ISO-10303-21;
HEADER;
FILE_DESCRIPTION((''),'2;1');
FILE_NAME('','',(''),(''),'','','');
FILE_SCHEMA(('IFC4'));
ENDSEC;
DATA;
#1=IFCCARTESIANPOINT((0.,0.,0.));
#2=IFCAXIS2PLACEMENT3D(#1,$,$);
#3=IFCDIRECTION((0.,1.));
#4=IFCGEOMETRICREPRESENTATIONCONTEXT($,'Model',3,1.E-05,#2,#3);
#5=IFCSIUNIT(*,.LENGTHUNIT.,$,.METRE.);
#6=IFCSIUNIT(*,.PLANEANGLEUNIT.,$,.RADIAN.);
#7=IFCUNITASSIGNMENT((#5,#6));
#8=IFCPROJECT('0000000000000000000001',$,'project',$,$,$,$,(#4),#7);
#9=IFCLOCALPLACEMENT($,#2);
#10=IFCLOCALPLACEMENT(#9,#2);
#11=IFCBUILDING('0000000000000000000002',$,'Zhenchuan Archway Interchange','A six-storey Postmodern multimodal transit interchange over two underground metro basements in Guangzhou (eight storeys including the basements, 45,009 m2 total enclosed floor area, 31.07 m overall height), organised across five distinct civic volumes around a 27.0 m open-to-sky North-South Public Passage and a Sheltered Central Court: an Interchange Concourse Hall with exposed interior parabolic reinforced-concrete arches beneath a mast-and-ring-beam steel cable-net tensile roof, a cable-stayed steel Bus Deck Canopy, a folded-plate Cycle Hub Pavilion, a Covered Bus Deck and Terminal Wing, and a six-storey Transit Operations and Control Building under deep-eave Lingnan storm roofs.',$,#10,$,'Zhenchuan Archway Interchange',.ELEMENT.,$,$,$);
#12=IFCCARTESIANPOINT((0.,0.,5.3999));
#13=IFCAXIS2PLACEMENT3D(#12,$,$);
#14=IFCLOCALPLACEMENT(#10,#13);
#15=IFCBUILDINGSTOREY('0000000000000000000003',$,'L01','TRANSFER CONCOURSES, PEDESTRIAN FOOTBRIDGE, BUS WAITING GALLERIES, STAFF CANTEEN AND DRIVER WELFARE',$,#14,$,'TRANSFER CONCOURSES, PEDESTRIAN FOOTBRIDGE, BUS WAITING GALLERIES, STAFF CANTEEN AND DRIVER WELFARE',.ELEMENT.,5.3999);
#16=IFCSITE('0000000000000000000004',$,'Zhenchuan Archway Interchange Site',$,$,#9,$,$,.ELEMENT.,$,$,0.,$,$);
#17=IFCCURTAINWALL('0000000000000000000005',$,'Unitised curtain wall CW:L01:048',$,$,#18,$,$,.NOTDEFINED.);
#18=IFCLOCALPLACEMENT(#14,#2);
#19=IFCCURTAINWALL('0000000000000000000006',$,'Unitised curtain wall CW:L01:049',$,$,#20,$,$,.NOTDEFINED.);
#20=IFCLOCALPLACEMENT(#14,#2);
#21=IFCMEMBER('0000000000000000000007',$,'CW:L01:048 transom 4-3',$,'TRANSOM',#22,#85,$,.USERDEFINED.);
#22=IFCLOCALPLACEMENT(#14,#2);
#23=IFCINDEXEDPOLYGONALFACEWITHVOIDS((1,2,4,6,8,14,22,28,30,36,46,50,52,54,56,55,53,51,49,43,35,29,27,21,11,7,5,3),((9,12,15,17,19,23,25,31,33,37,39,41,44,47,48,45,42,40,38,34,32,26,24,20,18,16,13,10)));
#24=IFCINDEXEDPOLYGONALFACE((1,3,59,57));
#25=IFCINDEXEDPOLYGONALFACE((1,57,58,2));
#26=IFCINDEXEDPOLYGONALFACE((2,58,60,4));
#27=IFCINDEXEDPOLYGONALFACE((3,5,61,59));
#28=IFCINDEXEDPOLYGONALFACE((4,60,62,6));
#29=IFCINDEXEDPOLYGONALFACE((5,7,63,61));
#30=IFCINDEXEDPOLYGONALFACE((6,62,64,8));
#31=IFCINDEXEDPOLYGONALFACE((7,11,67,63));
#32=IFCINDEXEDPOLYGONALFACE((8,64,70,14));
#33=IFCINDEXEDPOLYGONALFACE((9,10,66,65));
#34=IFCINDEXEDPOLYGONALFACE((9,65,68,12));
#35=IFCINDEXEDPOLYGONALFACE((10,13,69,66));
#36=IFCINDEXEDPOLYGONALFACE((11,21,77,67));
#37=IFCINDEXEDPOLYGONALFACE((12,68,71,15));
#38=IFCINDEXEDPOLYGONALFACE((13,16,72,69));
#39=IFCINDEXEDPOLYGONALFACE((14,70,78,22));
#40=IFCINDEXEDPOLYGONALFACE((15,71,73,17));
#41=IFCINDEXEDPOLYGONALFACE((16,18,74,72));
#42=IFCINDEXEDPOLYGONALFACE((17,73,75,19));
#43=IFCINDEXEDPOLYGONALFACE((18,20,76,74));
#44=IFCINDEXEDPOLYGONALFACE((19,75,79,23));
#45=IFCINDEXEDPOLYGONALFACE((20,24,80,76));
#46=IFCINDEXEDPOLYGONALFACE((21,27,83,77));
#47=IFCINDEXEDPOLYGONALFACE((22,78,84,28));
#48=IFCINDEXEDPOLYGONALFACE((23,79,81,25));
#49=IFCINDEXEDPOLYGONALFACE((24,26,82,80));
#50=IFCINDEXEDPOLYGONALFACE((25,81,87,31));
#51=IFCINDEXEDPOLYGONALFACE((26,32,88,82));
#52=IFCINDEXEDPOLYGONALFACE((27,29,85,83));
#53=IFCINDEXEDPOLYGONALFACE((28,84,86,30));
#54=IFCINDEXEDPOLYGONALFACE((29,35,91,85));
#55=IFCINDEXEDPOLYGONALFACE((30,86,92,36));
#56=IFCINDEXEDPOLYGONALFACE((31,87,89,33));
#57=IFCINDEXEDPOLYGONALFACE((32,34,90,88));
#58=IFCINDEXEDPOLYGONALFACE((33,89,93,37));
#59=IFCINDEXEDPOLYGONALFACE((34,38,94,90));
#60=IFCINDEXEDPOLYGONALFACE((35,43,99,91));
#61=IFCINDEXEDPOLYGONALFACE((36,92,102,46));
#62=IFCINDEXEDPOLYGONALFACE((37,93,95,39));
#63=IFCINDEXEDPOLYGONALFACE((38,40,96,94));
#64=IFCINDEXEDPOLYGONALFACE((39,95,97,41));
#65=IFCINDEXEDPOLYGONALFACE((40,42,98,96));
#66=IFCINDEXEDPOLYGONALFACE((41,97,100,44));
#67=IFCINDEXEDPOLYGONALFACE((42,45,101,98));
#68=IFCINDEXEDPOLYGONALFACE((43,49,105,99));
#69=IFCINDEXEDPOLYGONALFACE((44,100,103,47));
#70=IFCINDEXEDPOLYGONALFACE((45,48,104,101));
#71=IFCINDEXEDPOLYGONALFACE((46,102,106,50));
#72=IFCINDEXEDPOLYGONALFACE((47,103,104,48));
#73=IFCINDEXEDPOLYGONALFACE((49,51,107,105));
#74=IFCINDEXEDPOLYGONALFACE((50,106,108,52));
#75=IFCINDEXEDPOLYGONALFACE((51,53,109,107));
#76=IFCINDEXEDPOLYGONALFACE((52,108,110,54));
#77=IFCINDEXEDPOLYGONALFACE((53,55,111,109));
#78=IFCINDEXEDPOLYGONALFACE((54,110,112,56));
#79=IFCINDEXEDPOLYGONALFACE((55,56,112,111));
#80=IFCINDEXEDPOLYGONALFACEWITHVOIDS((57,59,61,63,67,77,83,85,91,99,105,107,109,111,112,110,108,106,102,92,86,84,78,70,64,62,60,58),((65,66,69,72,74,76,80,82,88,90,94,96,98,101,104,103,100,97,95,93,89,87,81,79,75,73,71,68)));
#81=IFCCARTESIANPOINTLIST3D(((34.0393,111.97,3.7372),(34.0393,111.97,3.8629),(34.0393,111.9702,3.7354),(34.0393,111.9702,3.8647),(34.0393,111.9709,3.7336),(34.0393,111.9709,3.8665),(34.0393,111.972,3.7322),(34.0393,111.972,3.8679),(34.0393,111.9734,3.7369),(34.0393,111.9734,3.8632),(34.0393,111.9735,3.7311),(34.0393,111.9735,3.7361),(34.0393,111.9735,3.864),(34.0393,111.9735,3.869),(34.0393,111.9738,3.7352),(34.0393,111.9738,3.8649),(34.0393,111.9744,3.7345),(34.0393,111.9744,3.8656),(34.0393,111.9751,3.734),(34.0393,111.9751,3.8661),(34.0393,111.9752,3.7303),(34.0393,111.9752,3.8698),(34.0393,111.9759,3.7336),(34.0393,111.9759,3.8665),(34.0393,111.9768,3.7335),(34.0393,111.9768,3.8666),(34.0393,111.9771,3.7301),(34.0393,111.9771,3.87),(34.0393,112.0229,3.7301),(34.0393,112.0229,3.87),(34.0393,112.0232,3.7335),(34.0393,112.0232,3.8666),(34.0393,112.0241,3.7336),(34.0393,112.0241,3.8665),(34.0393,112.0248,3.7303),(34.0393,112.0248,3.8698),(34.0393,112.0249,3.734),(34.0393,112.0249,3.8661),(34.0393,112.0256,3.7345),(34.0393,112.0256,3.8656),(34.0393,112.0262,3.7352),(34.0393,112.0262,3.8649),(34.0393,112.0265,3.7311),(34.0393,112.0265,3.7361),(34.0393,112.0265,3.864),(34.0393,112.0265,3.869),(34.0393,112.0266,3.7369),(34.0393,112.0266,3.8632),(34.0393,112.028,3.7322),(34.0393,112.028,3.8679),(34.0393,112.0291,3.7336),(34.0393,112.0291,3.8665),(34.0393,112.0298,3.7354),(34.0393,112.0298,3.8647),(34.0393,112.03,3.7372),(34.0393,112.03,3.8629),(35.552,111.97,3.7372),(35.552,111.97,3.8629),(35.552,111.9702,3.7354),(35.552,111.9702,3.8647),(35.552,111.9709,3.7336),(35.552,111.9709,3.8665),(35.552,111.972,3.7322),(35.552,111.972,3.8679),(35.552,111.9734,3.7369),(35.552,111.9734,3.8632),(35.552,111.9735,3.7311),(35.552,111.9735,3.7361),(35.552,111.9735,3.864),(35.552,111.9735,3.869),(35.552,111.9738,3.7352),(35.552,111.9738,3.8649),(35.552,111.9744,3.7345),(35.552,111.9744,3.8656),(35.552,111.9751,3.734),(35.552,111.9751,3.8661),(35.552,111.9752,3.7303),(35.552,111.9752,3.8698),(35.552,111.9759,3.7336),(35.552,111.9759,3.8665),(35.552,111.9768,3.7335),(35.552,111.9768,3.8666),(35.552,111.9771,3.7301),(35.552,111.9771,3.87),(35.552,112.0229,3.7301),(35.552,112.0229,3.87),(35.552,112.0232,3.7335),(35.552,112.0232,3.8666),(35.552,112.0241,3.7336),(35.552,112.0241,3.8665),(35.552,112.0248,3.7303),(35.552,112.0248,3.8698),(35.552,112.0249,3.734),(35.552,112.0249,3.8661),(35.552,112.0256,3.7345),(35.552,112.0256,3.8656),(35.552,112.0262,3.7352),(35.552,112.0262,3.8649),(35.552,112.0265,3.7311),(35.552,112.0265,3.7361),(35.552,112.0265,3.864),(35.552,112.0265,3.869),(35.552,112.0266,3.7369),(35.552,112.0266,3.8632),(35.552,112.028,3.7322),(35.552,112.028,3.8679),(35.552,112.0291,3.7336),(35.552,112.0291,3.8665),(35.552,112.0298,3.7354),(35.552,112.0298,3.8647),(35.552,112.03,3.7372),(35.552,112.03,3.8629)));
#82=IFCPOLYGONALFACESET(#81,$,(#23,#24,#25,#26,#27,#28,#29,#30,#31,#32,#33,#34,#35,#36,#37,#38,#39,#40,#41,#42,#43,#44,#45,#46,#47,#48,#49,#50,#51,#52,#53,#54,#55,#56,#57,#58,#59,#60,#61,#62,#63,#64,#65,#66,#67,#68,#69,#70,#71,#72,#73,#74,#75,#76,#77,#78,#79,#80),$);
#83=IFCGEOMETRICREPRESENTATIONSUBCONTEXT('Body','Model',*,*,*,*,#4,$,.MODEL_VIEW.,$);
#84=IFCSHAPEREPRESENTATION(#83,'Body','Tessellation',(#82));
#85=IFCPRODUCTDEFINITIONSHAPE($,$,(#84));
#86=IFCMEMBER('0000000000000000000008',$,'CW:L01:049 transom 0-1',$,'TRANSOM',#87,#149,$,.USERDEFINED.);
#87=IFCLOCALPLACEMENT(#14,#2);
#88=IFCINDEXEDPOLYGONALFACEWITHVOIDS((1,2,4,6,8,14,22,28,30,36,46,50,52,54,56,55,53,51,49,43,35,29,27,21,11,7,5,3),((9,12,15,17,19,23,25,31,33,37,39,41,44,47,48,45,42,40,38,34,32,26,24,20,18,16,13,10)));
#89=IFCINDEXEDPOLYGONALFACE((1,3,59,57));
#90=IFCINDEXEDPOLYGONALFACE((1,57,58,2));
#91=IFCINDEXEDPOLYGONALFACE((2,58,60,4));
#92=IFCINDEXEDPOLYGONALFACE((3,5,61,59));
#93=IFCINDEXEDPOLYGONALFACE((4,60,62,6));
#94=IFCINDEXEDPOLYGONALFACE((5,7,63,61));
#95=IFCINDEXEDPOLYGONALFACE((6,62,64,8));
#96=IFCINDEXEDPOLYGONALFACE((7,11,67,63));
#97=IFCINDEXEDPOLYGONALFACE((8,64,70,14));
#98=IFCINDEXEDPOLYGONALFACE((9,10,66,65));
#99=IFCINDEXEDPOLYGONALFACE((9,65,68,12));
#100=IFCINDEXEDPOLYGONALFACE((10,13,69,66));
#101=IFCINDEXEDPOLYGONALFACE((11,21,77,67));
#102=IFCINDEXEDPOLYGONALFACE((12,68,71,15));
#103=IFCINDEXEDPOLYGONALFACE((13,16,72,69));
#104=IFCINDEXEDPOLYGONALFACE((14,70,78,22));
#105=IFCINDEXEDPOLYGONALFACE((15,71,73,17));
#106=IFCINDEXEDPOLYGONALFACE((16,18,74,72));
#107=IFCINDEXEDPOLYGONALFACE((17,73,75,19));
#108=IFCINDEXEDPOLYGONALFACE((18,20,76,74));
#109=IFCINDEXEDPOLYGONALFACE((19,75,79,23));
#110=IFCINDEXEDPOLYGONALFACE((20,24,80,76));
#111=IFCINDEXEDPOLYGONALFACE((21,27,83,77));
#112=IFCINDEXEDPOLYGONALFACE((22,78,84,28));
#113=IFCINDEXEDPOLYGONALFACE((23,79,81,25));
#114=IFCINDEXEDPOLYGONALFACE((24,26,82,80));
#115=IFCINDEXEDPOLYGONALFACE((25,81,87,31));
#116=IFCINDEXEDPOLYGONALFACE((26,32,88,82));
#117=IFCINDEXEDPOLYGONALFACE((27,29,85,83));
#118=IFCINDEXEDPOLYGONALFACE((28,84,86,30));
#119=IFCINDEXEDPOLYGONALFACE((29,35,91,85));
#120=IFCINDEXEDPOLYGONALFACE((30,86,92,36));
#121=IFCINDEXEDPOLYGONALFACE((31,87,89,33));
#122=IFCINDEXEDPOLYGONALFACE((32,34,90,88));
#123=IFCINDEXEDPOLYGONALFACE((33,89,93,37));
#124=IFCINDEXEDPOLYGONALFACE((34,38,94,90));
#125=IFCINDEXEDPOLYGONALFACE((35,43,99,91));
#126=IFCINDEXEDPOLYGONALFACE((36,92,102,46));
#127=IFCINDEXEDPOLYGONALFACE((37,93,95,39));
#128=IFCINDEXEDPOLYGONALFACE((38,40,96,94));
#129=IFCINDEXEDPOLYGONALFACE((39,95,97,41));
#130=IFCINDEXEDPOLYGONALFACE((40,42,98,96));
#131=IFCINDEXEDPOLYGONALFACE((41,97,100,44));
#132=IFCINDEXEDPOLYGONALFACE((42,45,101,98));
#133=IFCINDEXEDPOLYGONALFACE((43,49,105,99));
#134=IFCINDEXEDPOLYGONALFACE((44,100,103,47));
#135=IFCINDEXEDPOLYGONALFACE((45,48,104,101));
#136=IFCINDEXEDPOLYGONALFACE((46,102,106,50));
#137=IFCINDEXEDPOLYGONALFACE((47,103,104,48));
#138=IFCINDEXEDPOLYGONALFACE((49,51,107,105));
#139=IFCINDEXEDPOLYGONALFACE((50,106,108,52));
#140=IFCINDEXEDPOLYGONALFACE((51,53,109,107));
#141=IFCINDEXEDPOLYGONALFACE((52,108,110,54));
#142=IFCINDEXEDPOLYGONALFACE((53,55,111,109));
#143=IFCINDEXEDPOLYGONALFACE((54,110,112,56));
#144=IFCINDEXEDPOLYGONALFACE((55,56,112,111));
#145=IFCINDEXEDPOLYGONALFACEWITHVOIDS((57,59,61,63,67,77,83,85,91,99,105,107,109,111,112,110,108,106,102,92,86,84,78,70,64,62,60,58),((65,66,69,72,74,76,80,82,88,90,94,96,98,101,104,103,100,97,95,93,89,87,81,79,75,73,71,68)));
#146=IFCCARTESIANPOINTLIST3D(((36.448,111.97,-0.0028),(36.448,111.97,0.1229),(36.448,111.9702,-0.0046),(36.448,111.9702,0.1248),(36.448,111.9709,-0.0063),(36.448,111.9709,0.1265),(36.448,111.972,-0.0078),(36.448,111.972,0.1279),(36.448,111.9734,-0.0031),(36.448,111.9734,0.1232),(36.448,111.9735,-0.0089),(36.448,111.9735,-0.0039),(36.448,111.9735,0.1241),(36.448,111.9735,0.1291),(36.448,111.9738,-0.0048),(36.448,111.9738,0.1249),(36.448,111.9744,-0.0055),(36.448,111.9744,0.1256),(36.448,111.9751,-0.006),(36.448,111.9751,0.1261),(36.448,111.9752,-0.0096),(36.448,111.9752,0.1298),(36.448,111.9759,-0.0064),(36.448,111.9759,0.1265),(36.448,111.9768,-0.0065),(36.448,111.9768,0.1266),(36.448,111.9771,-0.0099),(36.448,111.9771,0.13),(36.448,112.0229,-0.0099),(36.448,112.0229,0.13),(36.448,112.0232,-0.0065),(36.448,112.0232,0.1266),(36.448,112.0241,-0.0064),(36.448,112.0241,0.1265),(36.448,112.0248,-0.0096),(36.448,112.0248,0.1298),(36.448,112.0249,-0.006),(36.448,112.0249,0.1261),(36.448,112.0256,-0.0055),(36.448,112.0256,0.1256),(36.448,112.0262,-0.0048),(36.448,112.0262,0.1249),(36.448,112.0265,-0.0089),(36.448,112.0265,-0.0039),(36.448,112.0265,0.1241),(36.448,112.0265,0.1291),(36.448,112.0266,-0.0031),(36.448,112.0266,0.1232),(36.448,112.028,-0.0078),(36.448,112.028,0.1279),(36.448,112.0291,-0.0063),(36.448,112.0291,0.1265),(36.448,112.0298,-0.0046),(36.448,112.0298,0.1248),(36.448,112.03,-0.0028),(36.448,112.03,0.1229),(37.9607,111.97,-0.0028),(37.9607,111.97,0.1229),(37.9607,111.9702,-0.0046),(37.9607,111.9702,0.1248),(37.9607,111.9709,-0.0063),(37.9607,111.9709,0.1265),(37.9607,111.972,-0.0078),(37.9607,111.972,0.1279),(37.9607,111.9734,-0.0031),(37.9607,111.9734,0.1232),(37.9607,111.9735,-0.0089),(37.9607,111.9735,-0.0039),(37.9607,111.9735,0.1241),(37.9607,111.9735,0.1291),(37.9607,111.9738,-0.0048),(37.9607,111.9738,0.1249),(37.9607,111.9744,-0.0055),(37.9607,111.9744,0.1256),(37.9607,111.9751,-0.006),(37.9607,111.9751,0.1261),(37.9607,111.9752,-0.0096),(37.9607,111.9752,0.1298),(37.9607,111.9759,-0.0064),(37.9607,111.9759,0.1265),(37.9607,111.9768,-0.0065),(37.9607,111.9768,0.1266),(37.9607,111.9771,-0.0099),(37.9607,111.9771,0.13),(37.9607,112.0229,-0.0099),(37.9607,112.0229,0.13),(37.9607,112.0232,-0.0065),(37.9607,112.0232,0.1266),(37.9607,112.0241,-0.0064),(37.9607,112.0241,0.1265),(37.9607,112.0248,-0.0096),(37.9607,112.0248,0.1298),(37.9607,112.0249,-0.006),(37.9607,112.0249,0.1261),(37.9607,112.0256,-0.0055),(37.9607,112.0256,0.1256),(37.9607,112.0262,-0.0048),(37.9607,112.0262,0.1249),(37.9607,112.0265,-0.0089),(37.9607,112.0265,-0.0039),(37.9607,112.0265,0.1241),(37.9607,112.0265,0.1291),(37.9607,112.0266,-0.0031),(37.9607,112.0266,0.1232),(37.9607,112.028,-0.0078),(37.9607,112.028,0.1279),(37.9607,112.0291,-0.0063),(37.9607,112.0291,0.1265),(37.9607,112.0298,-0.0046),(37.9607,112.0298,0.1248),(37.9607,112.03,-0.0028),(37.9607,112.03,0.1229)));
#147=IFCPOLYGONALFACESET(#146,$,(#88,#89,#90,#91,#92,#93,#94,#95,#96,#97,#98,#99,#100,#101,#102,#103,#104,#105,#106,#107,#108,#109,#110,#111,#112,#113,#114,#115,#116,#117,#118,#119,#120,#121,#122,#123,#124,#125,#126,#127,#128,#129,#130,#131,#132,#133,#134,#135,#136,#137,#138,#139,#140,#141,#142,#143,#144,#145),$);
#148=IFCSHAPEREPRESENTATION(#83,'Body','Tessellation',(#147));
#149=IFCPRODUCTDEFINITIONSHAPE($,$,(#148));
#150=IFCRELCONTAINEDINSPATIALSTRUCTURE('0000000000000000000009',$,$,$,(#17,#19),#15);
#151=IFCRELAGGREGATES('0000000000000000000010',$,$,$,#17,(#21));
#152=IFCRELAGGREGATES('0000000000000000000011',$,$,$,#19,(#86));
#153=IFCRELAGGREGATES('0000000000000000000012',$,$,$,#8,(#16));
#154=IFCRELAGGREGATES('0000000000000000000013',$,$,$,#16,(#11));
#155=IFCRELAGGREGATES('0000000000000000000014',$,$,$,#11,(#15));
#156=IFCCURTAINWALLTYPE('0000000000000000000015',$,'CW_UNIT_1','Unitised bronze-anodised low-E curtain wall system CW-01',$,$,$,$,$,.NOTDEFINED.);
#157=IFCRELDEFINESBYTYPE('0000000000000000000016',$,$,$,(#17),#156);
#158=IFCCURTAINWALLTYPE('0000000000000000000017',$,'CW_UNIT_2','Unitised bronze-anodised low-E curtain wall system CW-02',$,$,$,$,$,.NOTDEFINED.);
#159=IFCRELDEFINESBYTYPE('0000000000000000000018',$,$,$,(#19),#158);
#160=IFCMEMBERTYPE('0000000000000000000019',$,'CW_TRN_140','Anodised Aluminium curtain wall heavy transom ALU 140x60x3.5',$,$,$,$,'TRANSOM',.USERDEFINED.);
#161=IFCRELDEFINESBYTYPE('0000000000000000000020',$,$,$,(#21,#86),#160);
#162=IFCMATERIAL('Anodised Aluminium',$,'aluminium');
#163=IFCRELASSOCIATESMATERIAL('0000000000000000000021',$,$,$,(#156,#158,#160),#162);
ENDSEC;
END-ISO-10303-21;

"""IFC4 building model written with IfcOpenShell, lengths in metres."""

from ifc_helpers import new_model, si_unit, direction, frame, origin, origin_2d, place, context, subcontext, project, spatial, hollow_rectangle, extrude, material, material_profile, profile_set, type_object, element, aggregate, save


model = new_model("IFC4")

# Units and contexts
model_context = context("Model", 3, precision=1e-05, world=origin(), true_north=direction((0.0, 1.0)))
body_context = subcontext(model_context, "Body", "Model", "MODEL_VIEW")
ifc_project = project(units=[si_unit("LENGTHUNIT", "METRE"), si_unit("PLANEANGLEUNIT", "RADIAN")], contexts=[model_context])

# Site, building, storey
site_placement = place(None, origin())
site = spatial("IfcSite", under=ifc_project, at=site_placement, Name="Zhenchuan Archway Interchange Site", CompositionType="ELEMENT", RefElevation=0.0)
building_placement = place(site_placement, origin())
building = spatial("IfcBuilding", under=site, at=building_placement, Name="Zhenchuan Archway Interchange", Description="A six-storey Postmodern multimodal transit interchange over two underground metro basements in Guangzhou (eight storeys including the basements, 45,009 m2 total enclosed floor area, 31.07 m overall height), organised across five distinct civic volumes around a 27.0 m open-to-sky North-South Public Passage and a Sheltered Central Court: an Interchange Concourse Hall with exposed interior parabolic reinforced-concrete arches beneath a mast-and-ring-beam steel cable-net tensile roof, a cable-stayed steel Bus Deck Canopy, a folded-plate Cycle Hub Pavilion, a Covered Bus Deck and Terminal Wing, and a six-storey Transit Operations and Control Building under deep-eave Lingnan storm roofs.", LongName="Zhenchuan Archway Interchange", CompositionType="ELEMENT")
storey_placement = place(building_placement, frame((0.0, 0.0, 5.3999)))
storey = spatial("IfcBuildingStorey", under=building, at=storey_placement, Name="L01", Description="TRANSFER CONCOURSES, PEDESTRIAN FOOTBRIDGE, BUS WAITING GALLERIES, STAFF CANTEEN AND DRIVER WELFARE", LongName="TRANSFER CONCOURSES, PEDESTRIAN FOOTBRIDGE, BUS WAITING GALLERIES, STAFF CANTEEN AND DRIVER WELFARE", CompositionType="ELEMENT", Elevation=5.3999)

# Curtain walls
ifc_material_1 = material(Name="Anodised Aluminium", Category="aluminium")
curtain_wall_type_1 = type_object("IfcCurtainWallType", Name="CW_UNIT_1", Description="Unitised bronze-anodised low-E curtain wall system CW-01", PredefinedType="NOTDEFINED", material=ifc_material_1)
curtain_wall_1_placement = place(storey_placement, origin())
curtain_wall_1 = element("IfcCurtainWall", 1, at=curtain_wall_1_placement, inside=storey, type_object=curtain_wall_type_1, Name="Unitised curtain wall CW:L01:048", PredefinedType="NOTDEFINED")
curtain_wall_type_2 = type_object("IfcCurtainWallType", Name="CW_UNIT_2", Description="Unitised bronze-anodised low-E curtain wall system CW-02", PredefinedType="NOTDEFINED", material=ifc_material_1)
curtain_wall_2_placement = place(storey_placement, origin())
curtain_wall_2 = element("IfcCurtainWall", 2, at=curtain_wall_2_placement, inside=storey, type_object=curtain_wall_type_2, Name="Unitised curtain wall CW:L01:049", PredefinedType="NOTDEFINED")

# Members
ifc_material_profile_1 = material_profile(ifc_material_1, hollow_rectangle(XDim=0.0601, YDim=0.1399, WallThickness=0.0034, InnerFilletRadius=0.0034, OuterFilletRadius=0.0071, at=origin_2d()), Name="ALU 140x60x3.5")
ifc_profile_set_1 = profile_set([ifc_material_profile_1], Name="Anodised Aluminium")
member_type_1 = type_object("IfcMemberType", Name="CW_TRN_140", Description="Anodised Aluminium curtain wall heavy transom ALU 140x60x3.5", ElementType="TRANSOM", PredefinedType="USERDEFINED", material=ifc_profile_set_1)
member_1_placement = place(storey_placement, frame((34.0393, 112.0, 3.8), z_axis=(1.0, 0.0, 0.0), x_axis=(0.0, 1.0, 0.0)))
member_1 = element("IfcMember", 3, at=member_1_placement, type_object=member_type_1, Name="CW:L01:048 transom 4-3", ObjectType="TRANSOM", PredefinedType="USERDEFINED", context=body_context, shape_type="SweptSolid", body=[
    extrude(hollow_rectangle(XDim=0.0601, YDim=0.1399, WallThickness=0.0034, InnerFilletRadius=0.0034, OuterFilletRadius=0.0071, at=origin_2d()), origin(), (0.0, 0.0, 1.0), 1.5127),
])
member_2_placement = place(storey_placement, frame((36.448, 112.0, 0.0601), z_axis=(1.0, 0.0, 0.0), x_axis=(0.0, 1.0, 0.0)))
member_2 = element("IfcMember", 4, at=member_2_placement, type_object=member_type_1, Name="CW:L01:049 transom 0-1", ObjectType="TRANSOM", PredefinedType="USERDEFINED", context=body_context, shape_type="SweptSolid", body=[
    extrude(hollow_rectangle(XDim=0.0601, YDim=0.1399, WallThickness=0.0034, InnerFilletRadius=0.0034, OuterFilletRadius=0.0071, at=origin_2d()), origin(), (0.0, 0.0, 1.0), 1.5127),
])

aggregate(curtain_wall_1, [member_1])
aggregate(curtain_wall_2, [member_2])

save(model, "model.ifc")
